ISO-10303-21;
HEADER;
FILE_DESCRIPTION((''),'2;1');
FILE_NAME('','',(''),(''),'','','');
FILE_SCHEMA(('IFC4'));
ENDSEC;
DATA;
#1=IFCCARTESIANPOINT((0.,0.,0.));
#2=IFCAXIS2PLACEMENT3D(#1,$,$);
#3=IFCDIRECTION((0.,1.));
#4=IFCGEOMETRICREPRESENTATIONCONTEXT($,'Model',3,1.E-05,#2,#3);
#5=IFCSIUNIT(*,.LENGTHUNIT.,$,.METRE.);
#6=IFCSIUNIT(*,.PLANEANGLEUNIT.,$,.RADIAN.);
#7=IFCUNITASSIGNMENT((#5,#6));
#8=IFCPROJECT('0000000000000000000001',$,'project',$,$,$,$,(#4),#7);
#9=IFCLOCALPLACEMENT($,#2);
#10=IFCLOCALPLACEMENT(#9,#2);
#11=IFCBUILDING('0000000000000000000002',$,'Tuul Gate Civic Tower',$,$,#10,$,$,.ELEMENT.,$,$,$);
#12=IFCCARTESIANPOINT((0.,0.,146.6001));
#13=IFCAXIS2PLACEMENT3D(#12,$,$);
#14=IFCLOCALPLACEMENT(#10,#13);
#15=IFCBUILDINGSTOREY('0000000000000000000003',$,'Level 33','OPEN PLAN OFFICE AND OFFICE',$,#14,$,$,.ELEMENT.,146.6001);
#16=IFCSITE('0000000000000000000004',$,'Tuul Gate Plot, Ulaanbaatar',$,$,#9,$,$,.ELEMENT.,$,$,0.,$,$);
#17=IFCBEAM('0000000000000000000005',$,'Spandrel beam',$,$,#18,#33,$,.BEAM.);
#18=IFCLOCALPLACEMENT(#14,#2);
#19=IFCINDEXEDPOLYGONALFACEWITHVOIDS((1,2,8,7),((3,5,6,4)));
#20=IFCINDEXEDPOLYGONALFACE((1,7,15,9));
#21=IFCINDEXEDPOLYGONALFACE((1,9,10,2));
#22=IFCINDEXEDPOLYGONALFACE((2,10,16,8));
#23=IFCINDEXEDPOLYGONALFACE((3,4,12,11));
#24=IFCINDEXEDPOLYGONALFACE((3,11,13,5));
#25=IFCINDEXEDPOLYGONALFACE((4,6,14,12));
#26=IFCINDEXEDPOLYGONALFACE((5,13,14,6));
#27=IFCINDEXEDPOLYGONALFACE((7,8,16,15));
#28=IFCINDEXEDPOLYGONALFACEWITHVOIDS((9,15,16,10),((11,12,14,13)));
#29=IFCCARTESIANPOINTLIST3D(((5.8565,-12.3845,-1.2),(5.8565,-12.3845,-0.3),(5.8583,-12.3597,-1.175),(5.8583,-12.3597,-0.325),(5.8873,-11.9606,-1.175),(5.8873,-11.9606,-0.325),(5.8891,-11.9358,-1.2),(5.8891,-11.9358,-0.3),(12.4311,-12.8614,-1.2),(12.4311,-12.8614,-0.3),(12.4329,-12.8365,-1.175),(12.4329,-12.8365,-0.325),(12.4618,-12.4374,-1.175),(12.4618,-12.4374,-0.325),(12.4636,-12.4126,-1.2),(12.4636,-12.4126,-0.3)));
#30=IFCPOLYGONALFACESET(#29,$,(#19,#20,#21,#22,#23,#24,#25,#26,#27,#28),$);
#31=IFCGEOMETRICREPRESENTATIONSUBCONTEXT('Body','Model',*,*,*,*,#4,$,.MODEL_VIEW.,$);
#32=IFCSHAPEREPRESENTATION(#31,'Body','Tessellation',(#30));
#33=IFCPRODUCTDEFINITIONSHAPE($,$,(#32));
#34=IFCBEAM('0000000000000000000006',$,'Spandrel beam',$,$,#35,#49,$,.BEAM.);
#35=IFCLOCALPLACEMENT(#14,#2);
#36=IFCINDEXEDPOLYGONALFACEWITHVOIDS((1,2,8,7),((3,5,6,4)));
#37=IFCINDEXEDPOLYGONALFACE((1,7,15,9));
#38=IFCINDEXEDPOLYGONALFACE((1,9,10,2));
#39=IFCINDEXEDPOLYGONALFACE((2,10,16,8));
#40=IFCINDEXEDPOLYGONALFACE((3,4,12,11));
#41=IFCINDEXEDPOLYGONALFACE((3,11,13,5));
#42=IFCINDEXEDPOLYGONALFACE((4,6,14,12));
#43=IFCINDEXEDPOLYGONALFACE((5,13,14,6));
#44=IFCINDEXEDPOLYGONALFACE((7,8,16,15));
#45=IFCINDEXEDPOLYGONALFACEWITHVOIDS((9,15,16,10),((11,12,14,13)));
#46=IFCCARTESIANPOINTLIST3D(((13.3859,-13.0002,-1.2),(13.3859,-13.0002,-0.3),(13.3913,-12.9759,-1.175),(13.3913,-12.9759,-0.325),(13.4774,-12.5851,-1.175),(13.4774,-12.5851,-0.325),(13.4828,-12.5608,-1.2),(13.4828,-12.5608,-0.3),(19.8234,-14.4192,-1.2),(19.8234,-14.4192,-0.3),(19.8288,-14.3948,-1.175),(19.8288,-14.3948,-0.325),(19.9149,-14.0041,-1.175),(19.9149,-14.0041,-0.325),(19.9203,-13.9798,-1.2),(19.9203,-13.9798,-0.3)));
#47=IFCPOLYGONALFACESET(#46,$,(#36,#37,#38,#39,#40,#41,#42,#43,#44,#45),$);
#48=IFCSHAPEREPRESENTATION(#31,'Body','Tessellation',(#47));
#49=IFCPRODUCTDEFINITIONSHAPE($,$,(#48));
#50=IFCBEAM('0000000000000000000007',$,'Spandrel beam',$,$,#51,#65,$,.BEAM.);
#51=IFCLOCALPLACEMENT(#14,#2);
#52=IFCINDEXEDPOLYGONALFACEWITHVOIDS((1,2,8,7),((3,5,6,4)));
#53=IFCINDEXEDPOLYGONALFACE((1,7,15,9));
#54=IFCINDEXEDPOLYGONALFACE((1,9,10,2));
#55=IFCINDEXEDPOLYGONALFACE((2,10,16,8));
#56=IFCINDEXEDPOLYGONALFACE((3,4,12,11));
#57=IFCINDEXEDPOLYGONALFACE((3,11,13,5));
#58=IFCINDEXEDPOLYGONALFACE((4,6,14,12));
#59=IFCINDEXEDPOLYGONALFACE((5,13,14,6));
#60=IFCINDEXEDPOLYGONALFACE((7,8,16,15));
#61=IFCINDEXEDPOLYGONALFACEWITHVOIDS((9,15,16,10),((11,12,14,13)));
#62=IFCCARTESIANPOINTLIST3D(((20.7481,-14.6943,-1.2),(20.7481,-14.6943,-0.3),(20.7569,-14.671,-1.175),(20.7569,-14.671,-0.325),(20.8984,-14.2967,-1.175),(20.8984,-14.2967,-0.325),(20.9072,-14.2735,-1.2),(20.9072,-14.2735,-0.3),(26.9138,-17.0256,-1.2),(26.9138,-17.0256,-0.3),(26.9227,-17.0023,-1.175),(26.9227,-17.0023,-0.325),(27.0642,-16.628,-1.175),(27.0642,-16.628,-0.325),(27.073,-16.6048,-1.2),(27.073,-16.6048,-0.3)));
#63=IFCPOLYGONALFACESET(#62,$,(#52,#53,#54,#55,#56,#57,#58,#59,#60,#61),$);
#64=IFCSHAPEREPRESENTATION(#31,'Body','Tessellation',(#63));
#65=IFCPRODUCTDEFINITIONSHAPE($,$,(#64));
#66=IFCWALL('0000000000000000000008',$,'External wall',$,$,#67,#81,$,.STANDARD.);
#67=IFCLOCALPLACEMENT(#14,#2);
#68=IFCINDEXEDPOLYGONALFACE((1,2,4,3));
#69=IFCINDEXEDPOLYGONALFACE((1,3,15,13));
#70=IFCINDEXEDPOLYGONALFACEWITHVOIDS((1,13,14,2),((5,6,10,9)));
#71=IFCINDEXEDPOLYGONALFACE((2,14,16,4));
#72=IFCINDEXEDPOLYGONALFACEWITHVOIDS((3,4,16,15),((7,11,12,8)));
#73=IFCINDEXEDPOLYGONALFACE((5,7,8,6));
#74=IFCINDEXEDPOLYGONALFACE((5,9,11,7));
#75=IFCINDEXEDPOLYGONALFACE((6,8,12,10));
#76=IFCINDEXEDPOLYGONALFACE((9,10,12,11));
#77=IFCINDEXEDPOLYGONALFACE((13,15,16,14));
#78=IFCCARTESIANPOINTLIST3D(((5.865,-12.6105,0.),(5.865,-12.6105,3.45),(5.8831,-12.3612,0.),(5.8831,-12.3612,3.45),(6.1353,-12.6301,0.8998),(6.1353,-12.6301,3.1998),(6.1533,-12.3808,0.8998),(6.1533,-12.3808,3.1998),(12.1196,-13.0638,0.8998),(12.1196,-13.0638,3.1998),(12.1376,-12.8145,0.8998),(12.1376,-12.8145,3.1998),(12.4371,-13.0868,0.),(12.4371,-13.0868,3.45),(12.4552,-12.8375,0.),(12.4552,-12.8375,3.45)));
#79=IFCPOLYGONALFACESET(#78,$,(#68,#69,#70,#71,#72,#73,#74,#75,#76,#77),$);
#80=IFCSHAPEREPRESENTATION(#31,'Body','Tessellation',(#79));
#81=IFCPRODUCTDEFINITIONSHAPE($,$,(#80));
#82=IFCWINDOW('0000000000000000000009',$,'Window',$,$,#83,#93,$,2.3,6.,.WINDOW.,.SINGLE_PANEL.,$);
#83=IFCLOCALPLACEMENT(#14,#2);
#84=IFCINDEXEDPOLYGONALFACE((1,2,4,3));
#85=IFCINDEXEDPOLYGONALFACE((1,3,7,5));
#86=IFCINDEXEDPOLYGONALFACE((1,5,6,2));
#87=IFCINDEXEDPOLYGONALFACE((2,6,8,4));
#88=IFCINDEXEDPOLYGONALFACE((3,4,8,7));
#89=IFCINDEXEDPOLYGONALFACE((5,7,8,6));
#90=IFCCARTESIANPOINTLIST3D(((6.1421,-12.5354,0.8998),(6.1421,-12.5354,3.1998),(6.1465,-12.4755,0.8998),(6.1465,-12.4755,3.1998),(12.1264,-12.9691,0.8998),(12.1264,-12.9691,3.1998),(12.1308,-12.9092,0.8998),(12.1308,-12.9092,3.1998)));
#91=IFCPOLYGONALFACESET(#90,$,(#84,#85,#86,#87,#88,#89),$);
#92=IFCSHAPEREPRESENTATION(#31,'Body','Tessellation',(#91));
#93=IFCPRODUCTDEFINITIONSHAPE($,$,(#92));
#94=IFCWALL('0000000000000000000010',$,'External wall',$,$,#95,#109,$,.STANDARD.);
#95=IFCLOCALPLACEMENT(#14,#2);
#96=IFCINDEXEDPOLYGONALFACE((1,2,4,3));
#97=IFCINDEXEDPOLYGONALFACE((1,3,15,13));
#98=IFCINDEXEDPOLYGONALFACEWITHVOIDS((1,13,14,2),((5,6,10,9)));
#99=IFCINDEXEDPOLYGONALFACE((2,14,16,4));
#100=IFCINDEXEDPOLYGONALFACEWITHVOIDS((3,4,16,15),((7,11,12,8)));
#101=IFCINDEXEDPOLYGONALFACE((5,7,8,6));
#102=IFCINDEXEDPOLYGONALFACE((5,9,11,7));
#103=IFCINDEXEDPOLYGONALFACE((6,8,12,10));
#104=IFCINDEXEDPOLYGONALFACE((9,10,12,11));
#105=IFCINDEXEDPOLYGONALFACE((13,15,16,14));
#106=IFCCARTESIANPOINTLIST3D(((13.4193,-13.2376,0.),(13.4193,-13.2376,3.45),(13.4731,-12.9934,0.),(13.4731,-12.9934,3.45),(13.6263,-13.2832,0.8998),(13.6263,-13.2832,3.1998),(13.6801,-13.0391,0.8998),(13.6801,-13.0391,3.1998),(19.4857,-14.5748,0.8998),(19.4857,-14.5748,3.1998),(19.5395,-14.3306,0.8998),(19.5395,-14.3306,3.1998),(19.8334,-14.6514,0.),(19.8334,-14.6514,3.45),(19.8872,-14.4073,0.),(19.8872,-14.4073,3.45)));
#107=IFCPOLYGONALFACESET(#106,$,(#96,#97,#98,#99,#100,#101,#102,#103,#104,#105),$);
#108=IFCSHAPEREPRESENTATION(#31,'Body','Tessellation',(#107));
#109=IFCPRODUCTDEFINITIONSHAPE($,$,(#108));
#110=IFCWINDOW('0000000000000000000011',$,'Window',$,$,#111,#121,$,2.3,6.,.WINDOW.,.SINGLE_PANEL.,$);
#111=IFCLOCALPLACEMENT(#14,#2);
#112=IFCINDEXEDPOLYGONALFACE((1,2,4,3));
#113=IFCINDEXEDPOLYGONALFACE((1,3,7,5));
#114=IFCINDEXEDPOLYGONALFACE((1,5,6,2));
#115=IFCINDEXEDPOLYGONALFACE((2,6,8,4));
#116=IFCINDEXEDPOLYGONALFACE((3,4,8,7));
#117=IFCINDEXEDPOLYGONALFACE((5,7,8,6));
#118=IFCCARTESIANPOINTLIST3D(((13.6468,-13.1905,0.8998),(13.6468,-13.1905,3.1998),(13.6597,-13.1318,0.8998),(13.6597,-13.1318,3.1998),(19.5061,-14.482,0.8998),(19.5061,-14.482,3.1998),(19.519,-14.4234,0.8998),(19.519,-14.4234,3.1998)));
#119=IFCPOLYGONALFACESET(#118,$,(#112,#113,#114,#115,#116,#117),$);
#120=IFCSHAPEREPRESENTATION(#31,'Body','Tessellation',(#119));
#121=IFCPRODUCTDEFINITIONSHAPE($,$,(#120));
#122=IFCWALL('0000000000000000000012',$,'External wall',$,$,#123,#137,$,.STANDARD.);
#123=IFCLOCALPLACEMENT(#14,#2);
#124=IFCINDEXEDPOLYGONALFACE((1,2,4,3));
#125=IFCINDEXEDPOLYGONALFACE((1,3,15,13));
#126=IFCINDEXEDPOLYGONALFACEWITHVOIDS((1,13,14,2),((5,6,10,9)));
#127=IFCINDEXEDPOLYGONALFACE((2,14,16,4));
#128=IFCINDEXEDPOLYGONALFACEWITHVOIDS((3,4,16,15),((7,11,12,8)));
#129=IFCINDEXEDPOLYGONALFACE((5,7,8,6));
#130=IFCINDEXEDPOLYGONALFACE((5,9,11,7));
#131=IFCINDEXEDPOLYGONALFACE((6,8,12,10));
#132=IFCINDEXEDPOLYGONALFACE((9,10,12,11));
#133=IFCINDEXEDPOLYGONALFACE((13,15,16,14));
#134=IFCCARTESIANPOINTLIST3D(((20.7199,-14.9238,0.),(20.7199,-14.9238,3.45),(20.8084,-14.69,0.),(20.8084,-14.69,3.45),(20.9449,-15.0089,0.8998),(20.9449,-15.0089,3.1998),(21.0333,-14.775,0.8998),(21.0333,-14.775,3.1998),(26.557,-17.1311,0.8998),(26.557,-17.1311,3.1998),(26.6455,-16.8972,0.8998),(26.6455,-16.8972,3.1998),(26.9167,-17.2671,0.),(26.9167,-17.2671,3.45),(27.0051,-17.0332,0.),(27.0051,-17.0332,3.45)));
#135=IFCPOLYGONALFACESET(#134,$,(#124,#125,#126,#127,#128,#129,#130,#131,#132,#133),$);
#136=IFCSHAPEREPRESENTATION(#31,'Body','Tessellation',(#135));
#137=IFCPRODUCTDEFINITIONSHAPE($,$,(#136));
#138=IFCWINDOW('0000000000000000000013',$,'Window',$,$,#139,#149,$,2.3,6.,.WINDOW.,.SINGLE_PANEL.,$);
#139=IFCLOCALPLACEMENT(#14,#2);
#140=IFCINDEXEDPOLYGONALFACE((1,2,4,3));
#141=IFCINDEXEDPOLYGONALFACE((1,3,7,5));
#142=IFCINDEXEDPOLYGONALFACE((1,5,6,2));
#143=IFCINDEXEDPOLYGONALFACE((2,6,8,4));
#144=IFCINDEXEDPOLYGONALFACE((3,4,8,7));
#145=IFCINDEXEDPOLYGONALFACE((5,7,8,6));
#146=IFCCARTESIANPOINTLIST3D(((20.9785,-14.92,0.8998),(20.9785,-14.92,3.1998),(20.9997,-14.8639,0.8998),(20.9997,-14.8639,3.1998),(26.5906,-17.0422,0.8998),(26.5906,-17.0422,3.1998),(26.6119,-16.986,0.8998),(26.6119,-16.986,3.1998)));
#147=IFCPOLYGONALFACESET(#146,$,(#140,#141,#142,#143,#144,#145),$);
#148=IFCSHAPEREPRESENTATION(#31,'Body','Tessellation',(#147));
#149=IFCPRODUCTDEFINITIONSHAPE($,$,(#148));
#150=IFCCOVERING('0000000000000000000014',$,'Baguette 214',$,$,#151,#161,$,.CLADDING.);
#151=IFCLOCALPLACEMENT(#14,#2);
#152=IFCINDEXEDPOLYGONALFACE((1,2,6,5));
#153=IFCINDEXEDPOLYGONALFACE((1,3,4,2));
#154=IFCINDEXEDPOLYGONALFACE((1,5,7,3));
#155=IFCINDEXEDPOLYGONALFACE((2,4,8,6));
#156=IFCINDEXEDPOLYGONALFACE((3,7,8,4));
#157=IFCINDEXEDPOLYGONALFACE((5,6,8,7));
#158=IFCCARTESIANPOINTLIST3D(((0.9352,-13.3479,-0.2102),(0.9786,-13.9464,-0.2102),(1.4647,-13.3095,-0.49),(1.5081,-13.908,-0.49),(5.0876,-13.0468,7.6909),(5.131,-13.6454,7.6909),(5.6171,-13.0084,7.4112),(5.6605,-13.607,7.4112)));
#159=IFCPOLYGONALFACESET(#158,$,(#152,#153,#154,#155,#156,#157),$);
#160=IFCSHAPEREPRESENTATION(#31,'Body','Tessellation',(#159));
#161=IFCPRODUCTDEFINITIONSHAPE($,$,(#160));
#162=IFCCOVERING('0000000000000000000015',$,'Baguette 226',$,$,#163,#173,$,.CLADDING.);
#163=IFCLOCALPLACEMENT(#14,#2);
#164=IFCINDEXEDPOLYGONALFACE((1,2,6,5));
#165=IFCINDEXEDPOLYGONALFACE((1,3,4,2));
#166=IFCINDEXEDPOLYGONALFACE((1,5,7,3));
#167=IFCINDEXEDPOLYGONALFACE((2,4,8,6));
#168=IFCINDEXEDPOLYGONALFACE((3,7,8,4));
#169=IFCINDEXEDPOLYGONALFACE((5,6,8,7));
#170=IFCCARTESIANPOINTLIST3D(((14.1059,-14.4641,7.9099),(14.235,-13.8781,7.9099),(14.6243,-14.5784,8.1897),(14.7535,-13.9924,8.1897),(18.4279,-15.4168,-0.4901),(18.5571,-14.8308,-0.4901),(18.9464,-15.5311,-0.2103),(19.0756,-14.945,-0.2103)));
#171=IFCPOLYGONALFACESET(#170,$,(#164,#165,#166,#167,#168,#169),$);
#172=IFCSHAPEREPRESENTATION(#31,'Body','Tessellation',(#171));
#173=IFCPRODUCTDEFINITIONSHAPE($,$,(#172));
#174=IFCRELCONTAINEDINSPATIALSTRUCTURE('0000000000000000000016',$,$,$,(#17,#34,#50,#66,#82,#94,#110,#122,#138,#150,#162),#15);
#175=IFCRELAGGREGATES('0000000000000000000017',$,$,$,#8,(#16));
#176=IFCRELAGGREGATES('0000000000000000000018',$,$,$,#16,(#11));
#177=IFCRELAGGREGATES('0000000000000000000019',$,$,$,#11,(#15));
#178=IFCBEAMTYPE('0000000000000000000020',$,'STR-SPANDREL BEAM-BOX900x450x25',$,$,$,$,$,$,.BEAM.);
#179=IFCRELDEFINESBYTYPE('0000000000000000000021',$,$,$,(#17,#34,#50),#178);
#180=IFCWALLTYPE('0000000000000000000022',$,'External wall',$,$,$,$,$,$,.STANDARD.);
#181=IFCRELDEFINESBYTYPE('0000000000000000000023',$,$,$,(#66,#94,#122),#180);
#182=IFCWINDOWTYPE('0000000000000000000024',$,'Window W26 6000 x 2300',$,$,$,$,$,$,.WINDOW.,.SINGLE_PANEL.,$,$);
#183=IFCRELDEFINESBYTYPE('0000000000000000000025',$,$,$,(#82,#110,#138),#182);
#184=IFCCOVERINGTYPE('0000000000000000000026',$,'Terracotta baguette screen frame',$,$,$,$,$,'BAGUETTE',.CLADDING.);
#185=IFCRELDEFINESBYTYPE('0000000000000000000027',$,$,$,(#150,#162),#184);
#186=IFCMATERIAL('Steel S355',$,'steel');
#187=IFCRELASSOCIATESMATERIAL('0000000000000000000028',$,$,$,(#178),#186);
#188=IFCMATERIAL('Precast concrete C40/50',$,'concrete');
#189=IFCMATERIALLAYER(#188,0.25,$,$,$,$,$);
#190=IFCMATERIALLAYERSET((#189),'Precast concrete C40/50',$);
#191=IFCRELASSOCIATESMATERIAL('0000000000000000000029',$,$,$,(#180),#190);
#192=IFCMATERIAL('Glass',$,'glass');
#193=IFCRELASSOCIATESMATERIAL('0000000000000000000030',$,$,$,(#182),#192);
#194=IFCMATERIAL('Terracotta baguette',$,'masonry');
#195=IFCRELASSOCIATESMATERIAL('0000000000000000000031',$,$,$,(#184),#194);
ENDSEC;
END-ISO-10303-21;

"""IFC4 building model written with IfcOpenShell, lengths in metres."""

from ifc_helpers import new_model, si_unit, direction, frame, frame_2d, origin, origin_2d, place, context, subcontext, project, spatial, rectangle, hollow_rectangle, extrude, material, layer, layer_set, material_profile, profile_set, type_object, element, fill, save


model = new_model("IFC4")

# Units and contexts
model_context = context("Model", 3, precision=1e-05, world=origin(), true_north=direction((0.0, 1.0)))
body_context = subcontext(model_context, "Body", "Model", "MODEL_VIEW")
ifc_project = project(units=[si_unit("LENGTHUNIT", "METRE"), si_unit("PLANEANGLEUNIT", "RADIAN")], contexts=[model_context])

# Site, building, storey
site_placement = place(None, origin())
site = spatial("IfcSite", under=ifc_project, at=site_placement, Name="Tuul Gate Plot, Ulaanbaatar", CompositionType="ELEMENT", RefElevation=0.0)
building_placement = place(site_placement, origin())
building = spatial("IfcBuilding", under=site, at=building_placement, Name="Tuul Gate Civic Tower", CompositionType="ELEMENT")
storey_placement = place(building_placement, frame((0.0, 0.0, 146.6001)))
storey = spatial("IfcBuildingStorey", under=building, at=storey_placement, Name="Level 33", Description="OPEN PLAN OFFICE AND OFFICE", CompositionType="ELEMENT", Elevation=146.6001)

# Beams
ifc_material_1 = material(Name="Steel S355", Category="steel")
ifc_material_profile_1 = material_profile(ifc_material_1, hollow_rectangle(XDim=0.45, YDim=0.8999, WallThickness=0.0249, at=origin_2d()), Name="BOX900x450x25")
ifc_profile_set_1 = profile_set([ifc_material_profile_1], Name="Steel S355")
beam_type_1 = type_object("IfcBeamType", Name="STR-SPANDREL BEAM-BOX900x450x25", PredefinedType="BEAM", material=ifc_profile_set_1)
beam_1_placement = place(storey_placement, frame((5.8728, -12.1602, -0.75), z_axis=(0.99738, -0.072334, 0.0), x_axis=(0.072334, 0.99738, 0.0)))
element("IfcBeam", 1, at=beam_1_placement, inside=storey, type_object=beam_type_1, Name="Spandrel beam", PredefinedType="BEAM", context=body_context, shape_type="SweptSolid", body=[
    extrude(hollow_rectangle(XDim=0.45, YDim=0.8999, WallThickness=0.0249, at=origin_2d()), origin(), (0.0, 0.0, 1.0), 6.5918),
])
beam_2_placement = place(storey_placement, frame((13.4343, -12.7805, -0.75), z_axis=(0.976559, -0.215252, 0.0), x_axis=(0.215252, 0.976559, 0.0)))
element("IfcBeam", 2, at=beam_2_placement, inside=storey, type_object=beam_type_1, Name="Spandrel beam", PredefinedType="BEAM", context=body_context, shape_type="SweptSolid", body=[
    extrude(hollow_rectangle(XDim=0.45, YDim=0.8999, WallThickness=0.0249, at=origin_2d()), origin(), (0.0, 0.0, 1.0), 6.592),
])
beam_3_placement = place(storey_placement, frame((20.8276, -14.4839, -0.75), z_axis=(0.935371, -0.353667, 0.0), x_axis=(0.353667, 0.935371, 0.0)))
element("IfcBeam", 3, at=beam_3_placement, inside=storey, type_object=beam_type_1, Name="Spandrel beam", PredefinedType="BEAM", context=body_context, shape_type="SweptSolid", body=[
    extrude(hollow_rectangle(XDim=0.45, YDim=0.8999, WallThickness=0.0249, at=origin_2d()), origin(), (0.0, 0.0, 1.0), 6.5918),
])

# Walls, openings, windows
ifc_material_2 = material(Name="Precast concrete C40/50", Category="concrete")
ifc_layer = layer(ifc_material_2, 0.25)
ifc_layer_set = layer_set([ifc_layer], Name="Precast concrete C40/50")
wall_type = type_object("IfcWallType", Name="External wall", PredefinedType="STANDARD", material=ifc_layer_set)
wall_1_placement = place(storey_placement, frame((5.874, -12.4858, 0.0), z_axis=(0.0, 0.0, 1.0), x_axis=(0.997384, -0.072287, 0.0)))
wall_1 = element("IfcWall", 4, at=wall_1_placement, inside=storey, type_object=wall_type, Name="External wall", PredefinedType="STANDARD", context=body_context, shape_type="SweptSolid", body=[
    extrude(rectangle(XDim=6.5894, YDim=0.25, at=frame_2d((3.2947, 0.0))), origin(), (0.0, 0.0, 1.0), 3.45),
])
opening_1_placement = place(wall_1_placement, frame((0.271, 0.0, 0.8999)))
opening_1 = element("IfcOpeningElement", 5, at=opening_1_placement, cuts=wall_1, PredefinedType="OPENING", context=body_context, shape_type="SweptSolid", body=[
    extrude(rectangle(XDim=6.0, YDim=2.3, at=frame_2d((3.0, 1.1499))), frame((0.0, 0.135, 0.0), z_axis=(0.0, -1.0, 0.0), x_axis=(1.0, 0.0, 0.0)), (0.0, 0.0, 1.0), 0.27),
])
ifc_material_3 = material(Name="Glass", Category="glass")
window_type = type_object("IfcWindowType", Name="Window W26 6000 x 2300", PartitioningType="SINGLE_PANEL", PredefinedType="WINDOW", material=ifc_material_3)
window_1_placement = place(opening_1_placement, origin())
window_1 = element("IfcWindow", 6, at=window_1_placement, inside=storey, type_object=window_type, Name="Window", OverallHeight=2.3, OverallWidth=6.0, PartitioningType="SINGLE_PANEL", PredefinedType="WINDOW", context=body_context, shape_type="SweptSolid", body=[
    extrude(rectangle(XDim=6.0, YDim=2.3, at=frame_2d((3.0, 1.1499))), frame((0.0, 0.03, 0.0), z_axis=(0.0, -1.0, 0.0), x_axis=(1.0, 0.0, 0.0)), (0.0, 0.0, 1.0), 0.0601),
])
fill(opening_1, window_1)
wall_2_placement = place(storey_placement, frame((13.446, -13.1155, 0.0), z_axis=(0.0, 0.0, 1.0), x_axis=(0.976557, -0.215257, 0.0)))
wall_2 = element("IfcWall", 7, at=wall_2_placement, inside=storey, type_object=wall_type, Name="External wall", PredefinedType="STANDARD", context=body_context, shape_type="SweptSolid", body=[
    extrude(rectangle(XDim=6.5681, YDim=0.25, at=frame_2d((3.2842, 0.0))), origin(), (0.0, 0.0, 1.0), 3.45),
])
opening_2_placement = place(wall_2_placement, frame((0.2122, 0.0, 0.8999)))
opening_2 = element("IfcOpeningElement", 8, at=opening_2_placement, cuts=wall_2, PredefinedType="OPENING", context=body_context, shape_type="SweptSolid", body=[
    extrude(rectangle(XDim=6.0, YDim=2.3, at=frame_2d((3.0, 1.1499))), frame((0.0, 0.135, 0.0), z_axis=(0.0, -1.0, 0.0), x_axis=(1.0, 0.0, 0.0)), (0.0, 0.0, 1.0), 0.27),
])
window_2_placement = place(opening_2_placement, origin())
window_2 = element("IfcWindow", 9, at=window_2_placement, inside=storey, type_object=window_type, Name="Window", OverallHeight=2.3, OverallWidth=6.0, PartitioningType="SINGLE_PANEL", PredefinedType="WINDOW", context=body_context, shape_type="SweptSolid", body=[
    extrude(rectangle(XDim=6.0, YDim=2.3, at=frame_2d((3.0, 1.1499))), frame((0.0, 0.03, 0.0), z_axis=(0.0, -1.0, 0.0), x_axis=(1.0, 0.0, 0.0)), (0.0, 0.0, 1.0), 0.0601),
])
fill(opening_2, window_2)
wall_3_placement = place(storey_placement, frame((20.7642, -14.8069, 0.0), z_axis=(0.0, 0.0, 1.0), x_axis=(0.935359, -0.353699, 0.0)))
wall_3 = element("IfcWall", 10, at=wall_3_placement, inside=storey, type_object=wall_type, Name="External wall", PredefinedType="STANDARD", context=body_context, shape_type="SweptSolid", body=[
    extrude(rectangle(XDim=6.625, YDim=0.25, at=frame_2d((3.3125, 0.0))), origin(), (0.0, 0.0, 1.0), 3.45),
])
opening_3_placement = place(wall_3_placement, frame((0.2405, 0.0, 0.8999)))
opening_3 = element("IfcOpeningElement", 11, at=opening_3_placement, cuts=wall_3, PredefinedType="OPENING", context=body_context, shape_type="SweptSolid", body=[
    extrude(rectangle(XDim=6.0, YDim=2.3, at=frame_2d((3.0, 1.1499))), frame((0.0, 0.135, 0.0), z_axis=(0.0, -1.0, 0.0), x_axis=(1.0, 0.0, 0.0)), (0.0, 0.0, 1.0), 0.27),
])
window_3_placement = place(opening_3_placement, origin())
window_3 = element("IfcWindow", 12, at=window_3_placement, inside=storey, type_object=window_type, Name="Window", OverallHeight=2.3, OverallWidth=6.0, PartitioningType="SINGLE_PANEL", PredefinedType="WINDOW", context=body_context, shape_type="SweptSolid", body=[
    extrude(rectangle(XDim=6.0, YDim=2.3, at=frame_2d((3.0, 1.1499))), frame((0.0, 0.03, 0.0), z_axis=(0.0, -1.0, 0.0), x_axis=(1.0, 0.0, 0.0)), (0.0, 0.0, 1.0), 0.0601),
])
fill(opening_3, window_3)

# Coverings
ifc_material_4 = material(Name="Terracotta baguette", Category="masonry")
ifc_material_profile_2 = material_profile(ifc_material_4, rectangle(XDim=0.6001, YDim=0.6001, at=origin_2d()), Name="Terracotta baguette screen frame")
ifc_profile_set_2 = profile_set([ifc_material_profile_2], Name="Terracotta baguette")
covering_type = type_object("IfcCoveringType", Name="Terracotta baguette screen frame", ElementType="BAGUETTE", PredefinedType="CLADDING", material=ifc_profile_set_2)
covering_1_placement = place(storey_placement, frame((1.2217, -13.6279, -0.3501), z_axis=(0.464943, 0.033706, 0.884699), x_axis=(-0.072306, 0.997383, 0.0)))
element("IfcCovering", 13, at=covering_1_placement, inside=storey, type_object=covering_type, Name="Baguette 214", PredefinedType="CLADDING", context=body_context, shape_type="SweptSolid", body=[
    extrude(rectangle(XDim=0.6001, YDim=0.6001, at=origin_2d()), origin(), (0.0, 0.0, 1.0), 8.9309),
])
covering_2_placement = place(storey_placement, frame((14.4297, -14.2283, 8.0498), z_axis=(0.455213, -0.100336, -0.884711), x_axis=(0.215248, 0.976559, 0.0)))
element("IfcCovering", 14, at=covering_2_placement, inside=storey, type_object=covering_type, Name="Baguette 226", PredefinedType="CLADDING", context=body_context, shape_type="SweptSolid", body=[
    extrude(rectangle(XDim=0.6001, YDim=0.6001, at=origin_2d()), origin(), (0.0, 0.0, 1.0), 9.4946),
])

save(model, "model.ifc")
